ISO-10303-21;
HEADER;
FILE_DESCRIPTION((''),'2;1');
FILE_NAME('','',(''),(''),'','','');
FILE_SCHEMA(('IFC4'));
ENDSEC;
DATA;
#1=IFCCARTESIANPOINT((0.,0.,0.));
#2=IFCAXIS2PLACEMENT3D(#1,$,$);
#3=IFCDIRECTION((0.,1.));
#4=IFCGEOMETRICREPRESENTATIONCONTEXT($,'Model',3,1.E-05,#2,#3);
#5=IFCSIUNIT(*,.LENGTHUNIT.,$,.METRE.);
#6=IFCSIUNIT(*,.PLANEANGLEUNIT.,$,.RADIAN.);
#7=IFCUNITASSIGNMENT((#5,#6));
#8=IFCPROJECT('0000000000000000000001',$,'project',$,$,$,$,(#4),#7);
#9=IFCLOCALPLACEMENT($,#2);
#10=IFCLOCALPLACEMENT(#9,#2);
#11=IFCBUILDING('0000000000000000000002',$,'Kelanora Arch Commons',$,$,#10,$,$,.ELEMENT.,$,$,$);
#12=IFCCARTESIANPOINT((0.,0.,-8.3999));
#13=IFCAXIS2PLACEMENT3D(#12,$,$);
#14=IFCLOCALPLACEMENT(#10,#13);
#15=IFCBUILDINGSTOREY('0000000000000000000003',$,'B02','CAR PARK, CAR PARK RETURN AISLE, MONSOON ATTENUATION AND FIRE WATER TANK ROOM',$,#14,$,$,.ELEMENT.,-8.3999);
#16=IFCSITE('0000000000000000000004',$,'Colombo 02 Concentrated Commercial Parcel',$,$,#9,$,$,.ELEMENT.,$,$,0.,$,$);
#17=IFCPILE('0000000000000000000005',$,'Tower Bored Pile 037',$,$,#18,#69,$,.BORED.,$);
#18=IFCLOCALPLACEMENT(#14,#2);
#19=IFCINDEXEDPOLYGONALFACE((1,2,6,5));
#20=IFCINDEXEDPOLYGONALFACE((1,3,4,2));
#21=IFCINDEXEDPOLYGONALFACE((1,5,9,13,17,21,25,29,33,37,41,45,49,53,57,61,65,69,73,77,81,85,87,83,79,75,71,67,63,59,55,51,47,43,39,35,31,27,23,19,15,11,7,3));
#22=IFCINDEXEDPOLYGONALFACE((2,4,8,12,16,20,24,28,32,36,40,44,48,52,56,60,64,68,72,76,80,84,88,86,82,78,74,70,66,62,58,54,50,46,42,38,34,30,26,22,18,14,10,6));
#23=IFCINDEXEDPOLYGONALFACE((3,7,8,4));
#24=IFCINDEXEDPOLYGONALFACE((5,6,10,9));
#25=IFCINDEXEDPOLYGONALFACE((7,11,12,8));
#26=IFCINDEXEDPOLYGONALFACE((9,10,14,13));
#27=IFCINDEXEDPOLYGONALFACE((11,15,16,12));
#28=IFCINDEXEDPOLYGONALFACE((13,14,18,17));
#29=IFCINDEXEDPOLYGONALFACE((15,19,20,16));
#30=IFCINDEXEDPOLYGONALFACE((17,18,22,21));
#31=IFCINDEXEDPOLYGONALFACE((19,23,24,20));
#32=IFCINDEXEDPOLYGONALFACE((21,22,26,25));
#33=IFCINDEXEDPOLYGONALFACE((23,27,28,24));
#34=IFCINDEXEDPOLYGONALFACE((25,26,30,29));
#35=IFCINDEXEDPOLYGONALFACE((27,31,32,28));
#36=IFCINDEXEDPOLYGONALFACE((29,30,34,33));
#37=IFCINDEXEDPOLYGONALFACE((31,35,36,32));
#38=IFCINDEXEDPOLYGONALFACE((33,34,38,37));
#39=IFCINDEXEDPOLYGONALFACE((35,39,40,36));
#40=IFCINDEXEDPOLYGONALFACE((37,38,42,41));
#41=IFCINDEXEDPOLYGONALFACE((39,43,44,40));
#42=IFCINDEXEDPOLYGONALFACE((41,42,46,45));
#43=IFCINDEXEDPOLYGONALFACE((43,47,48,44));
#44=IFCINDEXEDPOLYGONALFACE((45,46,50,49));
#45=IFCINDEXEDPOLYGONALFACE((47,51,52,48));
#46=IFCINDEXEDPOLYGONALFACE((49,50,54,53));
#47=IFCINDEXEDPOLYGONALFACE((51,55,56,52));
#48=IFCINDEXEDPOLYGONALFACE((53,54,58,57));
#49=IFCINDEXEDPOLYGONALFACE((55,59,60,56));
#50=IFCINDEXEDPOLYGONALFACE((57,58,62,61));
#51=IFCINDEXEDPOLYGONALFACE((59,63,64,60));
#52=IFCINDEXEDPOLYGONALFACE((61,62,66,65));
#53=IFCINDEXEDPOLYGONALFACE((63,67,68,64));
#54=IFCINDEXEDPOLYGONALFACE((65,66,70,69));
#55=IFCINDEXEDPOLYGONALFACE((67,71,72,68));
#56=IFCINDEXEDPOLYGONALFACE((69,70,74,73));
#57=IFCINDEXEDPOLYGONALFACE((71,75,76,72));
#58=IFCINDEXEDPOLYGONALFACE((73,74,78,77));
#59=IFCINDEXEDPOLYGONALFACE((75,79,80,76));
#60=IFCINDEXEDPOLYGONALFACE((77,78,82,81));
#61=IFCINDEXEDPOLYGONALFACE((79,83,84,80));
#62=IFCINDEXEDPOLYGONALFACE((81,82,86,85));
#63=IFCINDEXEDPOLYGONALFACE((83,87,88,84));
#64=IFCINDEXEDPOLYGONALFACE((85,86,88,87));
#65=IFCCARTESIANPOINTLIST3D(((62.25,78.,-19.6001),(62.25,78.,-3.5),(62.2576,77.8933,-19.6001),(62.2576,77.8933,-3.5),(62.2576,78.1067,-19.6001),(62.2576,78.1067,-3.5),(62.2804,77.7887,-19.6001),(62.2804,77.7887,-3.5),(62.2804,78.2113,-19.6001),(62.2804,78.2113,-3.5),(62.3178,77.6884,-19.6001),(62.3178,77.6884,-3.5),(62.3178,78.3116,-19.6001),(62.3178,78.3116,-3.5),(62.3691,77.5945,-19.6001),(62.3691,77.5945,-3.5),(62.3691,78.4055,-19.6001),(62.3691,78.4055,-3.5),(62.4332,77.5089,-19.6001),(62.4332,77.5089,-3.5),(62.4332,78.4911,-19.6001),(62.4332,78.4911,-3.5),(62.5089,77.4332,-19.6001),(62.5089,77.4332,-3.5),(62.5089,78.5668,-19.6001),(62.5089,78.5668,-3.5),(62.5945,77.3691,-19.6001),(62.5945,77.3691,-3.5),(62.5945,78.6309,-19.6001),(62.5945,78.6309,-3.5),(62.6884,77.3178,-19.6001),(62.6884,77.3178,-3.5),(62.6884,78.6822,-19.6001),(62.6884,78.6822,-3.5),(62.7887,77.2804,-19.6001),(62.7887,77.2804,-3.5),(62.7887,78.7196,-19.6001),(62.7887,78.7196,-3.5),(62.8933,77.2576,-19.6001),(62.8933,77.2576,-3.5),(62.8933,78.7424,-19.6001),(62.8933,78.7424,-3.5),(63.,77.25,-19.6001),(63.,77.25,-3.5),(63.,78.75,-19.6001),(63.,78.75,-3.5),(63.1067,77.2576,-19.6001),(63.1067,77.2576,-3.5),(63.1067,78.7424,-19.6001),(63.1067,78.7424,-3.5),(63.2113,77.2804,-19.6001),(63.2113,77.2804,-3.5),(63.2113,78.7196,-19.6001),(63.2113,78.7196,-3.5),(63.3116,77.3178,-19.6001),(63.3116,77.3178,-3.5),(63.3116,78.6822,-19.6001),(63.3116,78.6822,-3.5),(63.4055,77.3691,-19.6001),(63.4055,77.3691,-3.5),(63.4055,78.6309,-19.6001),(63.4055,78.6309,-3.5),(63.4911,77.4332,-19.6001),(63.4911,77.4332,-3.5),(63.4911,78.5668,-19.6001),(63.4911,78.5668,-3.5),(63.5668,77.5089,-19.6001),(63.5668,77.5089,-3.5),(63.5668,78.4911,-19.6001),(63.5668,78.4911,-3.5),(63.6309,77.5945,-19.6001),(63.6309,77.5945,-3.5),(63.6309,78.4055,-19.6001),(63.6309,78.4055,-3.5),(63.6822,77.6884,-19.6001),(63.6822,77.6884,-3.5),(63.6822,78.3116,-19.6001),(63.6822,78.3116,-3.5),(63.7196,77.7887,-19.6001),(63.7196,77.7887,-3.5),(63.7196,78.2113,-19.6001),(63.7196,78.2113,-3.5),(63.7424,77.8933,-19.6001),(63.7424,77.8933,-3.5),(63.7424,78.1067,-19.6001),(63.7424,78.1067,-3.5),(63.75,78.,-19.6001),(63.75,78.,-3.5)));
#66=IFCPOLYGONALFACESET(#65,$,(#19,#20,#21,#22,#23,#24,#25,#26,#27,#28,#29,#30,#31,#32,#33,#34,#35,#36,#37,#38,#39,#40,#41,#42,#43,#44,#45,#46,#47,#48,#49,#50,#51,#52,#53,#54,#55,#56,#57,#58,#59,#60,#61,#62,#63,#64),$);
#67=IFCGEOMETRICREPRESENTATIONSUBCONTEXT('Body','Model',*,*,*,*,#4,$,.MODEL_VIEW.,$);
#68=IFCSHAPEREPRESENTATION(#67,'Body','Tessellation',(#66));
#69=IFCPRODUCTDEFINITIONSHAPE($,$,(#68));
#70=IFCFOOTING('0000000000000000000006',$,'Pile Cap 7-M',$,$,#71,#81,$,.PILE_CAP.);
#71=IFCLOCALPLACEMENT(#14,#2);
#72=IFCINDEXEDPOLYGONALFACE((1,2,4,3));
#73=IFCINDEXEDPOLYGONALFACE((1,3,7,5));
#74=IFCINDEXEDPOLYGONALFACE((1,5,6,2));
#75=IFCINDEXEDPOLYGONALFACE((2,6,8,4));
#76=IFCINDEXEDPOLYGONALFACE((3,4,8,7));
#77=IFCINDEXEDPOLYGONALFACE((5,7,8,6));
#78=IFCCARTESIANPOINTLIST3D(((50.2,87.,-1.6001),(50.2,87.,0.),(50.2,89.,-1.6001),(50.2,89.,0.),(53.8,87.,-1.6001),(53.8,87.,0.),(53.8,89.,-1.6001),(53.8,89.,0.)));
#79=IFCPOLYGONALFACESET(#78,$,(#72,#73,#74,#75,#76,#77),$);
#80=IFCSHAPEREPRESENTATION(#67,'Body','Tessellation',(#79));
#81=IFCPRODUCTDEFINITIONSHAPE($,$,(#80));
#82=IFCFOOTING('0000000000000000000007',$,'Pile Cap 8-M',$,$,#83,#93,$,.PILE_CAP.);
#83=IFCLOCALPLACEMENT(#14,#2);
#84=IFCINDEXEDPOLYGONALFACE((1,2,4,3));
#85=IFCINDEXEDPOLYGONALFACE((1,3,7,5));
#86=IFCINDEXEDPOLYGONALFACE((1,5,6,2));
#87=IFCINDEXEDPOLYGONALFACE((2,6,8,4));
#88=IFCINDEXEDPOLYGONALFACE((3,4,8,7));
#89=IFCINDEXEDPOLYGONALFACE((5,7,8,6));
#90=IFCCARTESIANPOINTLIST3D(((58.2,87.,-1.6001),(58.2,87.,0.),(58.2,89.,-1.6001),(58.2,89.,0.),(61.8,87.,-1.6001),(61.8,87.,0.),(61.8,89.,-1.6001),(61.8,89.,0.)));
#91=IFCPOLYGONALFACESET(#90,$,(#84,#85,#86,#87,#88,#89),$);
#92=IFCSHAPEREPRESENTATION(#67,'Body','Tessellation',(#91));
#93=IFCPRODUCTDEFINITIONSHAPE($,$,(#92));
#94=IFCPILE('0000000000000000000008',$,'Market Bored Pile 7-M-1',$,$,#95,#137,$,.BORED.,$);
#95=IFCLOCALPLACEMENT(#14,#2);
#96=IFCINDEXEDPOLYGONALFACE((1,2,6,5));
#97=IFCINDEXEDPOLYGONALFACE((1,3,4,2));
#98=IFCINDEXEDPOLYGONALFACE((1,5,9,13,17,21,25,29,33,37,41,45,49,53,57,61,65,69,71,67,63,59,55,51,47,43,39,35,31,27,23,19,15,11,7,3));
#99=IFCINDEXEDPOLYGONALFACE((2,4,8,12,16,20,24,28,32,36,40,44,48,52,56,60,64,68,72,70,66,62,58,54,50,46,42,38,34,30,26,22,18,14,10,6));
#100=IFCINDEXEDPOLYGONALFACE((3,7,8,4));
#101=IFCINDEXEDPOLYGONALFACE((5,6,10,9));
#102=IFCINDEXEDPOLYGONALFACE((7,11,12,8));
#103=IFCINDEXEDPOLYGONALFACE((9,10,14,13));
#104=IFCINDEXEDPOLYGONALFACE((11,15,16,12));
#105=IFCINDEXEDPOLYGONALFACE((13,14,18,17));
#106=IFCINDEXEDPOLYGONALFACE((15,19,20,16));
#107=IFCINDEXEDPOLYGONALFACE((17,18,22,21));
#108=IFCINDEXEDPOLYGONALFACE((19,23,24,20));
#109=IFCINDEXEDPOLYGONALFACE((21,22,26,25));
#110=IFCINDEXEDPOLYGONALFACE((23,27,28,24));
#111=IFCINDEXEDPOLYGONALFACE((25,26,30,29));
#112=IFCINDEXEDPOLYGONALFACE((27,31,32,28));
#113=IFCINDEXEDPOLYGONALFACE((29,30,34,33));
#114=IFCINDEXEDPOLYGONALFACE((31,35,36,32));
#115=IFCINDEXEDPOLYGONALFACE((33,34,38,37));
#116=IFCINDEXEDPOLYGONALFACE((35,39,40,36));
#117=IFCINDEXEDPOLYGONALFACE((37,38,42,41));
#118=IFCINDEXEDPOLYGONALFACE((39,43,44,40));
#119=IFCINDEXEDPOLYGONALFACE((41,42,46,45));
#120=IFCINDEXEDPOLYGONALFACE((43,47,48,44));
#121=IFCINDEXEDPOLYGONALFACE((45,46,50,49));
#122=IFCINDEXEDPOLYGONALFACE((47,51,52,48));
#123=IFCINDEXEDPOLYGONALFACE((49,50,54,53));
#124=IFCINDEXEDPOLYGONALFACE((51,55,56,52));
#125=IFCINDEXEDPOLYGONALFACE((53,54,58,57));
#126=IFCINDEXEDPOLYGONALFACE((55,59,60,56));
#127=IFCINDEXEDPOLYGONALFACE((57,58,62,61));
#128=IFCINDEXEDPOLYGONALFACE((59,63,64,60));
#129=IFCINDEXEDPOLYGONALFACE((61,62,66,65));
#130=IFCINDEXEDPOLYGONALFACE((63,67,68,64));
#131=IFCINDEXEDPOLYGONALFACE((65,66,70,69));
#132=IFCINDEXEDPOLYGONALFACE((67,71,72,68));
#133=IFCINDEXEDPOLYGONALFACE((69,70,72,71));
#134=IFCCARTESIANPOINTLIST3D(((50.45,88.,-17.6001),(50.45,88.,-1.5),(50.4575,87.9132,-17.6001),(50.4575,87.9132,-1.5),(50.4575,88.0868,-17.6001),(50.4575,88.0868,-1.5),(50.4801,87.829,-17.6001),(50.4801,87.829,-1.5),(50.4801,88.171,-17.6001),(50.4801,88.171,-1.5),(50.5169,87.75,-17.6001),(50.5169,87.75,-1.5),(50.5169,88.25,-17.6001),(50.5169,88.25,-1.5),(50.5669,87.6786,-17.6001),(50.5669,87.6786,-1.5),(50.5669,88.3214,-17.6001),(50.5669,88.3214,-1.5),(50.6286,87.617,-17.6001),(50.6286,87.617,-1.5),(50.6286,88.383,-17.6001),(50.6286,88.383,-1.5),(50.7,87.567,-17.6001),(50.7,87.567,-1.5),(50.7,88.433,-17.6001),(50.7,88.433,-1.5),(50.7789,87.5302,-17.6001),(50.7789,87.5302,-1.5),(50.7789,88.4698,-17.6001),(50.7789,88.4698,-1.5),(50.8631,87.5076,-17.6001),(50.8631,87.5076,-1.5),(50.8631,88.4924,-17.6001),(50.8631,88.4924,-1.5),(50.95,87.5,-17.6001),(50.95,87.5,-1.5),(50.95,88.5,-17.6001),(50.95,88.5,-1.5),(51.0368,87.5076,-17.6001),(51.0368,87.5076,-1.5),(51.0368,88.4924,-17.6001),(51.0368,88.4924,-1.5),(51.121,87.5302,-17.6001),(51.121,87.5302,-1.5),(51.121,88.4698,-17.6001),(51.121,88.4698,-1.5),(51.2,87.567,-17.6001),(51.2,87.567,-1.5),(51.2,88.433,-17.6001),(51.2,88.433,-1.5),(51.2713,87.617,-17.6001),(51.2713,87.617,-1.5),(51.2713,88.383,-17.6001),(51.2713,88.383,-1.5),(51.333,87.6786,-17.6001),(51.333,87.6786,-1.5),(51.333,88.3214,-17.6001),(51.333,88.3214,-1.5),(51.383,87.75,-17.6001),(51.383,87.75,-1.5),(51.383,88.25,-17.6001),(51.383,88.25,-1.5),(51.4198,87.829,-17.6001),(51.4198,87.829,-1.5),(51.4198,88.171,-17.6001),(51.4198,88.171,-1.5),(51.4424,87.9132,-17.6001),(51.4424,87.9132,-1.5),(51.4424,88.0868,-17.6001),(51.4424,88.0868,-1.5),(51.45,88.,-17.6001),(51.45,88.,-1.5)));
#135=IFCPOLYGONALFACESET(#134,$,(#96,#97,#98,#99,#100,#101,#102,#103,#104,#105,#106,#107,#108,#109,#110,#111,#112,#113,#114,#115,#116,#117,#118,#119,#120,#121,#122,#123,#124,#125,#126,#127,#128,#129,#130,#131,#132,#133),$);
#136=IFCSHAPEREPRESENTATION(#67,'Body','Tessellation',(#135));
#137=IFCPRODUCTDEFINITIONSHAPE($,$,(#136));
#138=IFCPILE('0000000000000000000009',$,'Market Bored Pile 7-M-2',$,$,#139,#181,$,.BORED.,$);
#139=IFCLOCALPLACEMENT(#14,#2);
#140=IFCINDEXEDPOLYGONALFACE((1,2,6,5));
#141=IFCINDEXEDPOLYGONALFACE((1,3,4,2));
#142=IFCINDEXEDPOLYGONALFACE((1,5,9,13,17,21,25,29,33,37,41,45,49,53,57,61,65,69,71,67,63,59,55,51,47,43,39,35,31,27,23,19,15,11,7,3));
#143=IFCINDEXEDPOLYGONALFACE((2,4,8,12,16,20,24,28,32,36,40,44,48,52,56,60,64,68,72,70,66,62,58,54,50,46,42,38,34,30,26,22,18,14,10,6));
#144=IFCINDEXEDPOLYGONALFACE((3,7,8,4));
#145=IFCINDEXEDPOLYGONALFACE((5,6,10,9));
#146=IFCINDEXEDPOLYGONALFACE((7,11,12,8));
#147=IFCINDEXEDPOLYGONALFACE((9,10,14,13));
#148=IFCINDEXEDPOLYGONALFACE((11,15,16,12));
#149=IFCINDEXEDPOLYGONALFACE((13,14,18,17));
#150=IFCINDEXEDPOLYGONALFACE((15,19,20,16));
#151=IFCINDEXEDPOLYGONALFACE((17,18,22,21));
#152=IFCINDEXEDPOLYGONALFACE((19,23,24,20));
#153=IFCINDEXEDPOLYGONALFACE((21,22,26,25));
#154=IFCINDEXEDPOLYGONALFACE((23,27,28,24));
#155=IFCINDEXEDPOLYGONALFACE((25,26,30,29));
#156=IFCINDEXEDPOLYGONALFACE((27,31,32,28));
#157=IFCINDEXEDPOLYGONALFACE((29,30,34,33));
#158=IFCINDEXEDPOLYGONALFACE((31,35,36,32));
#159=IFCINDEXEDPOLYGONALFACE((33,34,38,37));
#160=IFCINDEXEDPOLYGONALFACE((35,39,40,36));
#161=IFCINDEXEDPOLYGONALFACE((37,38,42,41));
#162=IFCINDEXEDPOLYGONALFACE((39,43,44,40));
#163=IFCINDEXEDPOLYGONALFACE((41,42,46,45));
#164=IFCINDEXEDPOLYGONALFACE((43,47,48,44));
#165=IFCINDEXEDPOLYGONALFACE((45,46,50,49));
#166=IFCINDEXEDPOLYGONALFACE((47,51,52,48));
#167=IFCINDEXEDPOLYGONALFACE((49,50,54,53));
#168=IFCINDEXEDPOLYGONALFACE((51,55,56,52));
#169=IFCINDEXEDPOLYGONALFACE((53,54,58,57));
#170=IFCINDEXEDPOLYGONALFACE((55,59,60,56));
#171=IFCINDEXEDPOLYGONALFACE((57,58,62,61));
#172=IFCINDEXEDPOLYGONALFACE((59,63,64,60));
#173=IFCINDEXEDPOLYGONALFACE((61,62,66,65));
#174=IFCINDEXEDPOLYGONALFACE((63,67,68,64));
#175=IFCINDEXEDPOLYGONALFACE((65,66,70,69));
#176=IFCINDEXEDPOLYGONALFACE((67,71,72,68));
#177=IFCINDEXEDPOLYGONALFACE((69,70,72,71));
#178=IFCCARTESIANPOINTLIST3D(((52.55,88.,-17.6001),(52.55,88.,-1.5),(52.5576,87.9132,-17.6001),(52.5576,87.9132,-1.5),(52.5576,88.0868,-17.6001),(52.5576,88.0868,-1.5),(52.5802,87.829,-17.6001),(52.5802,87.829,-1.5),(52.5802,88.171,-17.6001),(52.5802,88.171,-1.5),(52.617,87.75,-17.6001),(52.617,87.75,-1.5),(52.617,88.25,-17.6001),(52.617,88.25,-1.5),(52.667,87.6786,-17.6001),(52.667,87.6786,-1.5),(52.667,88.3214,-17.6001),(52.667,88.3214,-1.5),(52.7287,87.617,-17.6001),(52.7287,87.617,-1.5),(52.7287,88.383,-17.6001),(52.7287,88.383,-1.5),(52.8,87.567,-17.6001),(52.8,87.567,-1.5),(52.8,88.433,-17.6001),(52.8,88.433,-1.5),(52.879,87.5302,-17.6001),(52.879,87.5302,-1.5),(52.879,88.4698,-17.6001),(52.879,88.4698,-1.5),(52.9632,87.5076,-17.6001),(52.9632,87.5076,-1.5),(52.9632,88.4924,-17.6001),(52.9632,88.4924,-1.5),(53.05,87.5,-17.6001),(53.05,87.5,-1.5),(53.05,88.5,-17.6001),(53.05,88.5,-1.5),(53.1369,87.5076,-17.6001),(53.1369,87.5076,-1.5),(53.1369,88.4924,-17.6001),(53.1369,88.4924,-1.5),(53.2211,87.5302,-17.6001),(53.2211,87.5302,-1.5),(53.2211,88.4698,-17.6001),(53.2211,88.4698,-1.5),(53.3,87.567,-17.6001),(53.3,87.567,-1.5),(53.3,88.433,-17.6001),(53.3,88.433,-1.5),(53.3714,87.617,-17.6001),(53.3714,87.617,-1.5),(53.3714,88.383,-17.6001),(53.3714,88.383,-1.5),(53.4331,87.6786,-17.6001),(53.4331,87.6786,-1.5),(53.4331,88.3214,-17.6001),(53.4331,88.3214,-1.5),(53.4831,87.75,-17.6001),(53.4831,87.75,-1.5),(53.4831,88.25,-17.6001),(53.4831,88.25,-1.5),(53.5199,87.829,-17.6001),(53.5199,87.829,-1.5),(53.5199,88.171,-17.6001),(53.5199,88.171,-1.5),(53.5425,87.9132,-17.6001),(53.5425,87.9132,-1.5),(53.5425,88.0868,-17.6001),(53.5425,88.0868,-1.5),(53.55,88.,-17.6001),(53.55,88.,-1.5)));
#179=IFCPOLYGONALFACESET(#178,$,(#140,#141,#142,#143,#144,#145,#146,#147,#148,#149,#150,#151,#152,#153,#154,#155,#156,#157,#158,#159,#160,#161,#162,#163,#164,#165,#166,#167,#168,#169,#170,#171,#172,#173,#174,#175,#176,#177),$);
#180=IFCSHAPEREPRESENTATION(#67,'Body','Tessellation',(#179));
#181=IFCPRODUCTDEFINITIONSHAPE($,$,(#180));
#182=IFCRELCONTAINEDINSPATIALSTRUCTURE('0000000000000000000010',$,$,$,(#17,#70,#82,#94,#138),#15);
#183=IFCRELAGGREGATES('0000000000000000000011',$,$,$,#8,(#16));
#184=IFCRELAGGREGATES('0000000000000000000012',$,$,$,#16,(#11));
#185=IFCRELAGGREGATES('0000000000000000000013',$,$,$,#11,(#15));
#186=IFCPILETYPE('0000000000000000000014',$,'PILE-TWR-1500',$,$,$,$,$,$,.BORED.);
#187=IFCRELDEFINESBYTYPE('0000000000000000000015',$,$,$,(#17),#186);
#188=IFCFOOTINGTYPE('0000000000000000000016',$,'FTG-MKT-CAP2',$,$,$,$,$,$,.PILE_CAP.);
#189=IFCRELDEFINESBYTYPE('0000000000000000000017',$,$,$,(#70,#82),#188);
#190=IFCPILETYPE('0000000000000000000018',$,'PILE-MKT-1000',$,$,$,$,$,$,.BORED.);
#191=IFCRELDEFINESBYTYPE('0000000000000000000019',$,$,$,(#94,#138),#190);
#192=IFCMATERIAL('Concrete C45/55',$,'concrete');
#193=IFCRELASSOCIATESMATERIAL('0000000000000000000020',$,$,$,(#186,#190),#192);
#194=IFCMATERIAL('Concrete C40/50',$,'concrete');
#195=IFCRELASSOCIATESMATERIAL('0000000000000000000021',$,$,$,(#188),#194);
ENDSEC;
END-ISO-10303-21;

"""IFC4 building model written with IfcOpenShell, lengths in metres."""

from ifc_helpers import new_model, si_unit, direction, frame, origin, origin_2d, place, context, subcontext, project, spatial, rectangle, circle, extrude, source, transform, mapped, material, material_profile, profile_set, type_object, element, save


model = new_model("IFC4")

# Units and contexts
model_context = context("Model", 3, precision=1e-05, world=origin(), true_north=direction((0.0, 1.0)))
body_context = subcontext(model_context, "Body", "Model", "MODEL_VIEW")
ifc_project = project(units=[si_unit("LENGTHUNIT", "METRE"), si_unit("PLANEANGLEUNIT", "RADIAN")], contexts=[model_context])

# Site, building, storey
site_placement = place(None, origin())
site = spatial("IfcSite", under=ifc_project, at=site_placement, Name="Colombo 02 Concentrated Commercial Parcel", CompositionType="ELEMENT", RefElevation=0.0)
building_placement = place(site_placement, origin())
building = spatial("IfcBuilding", under=site, at=building_placement, Name="Kelanora Arch Commons", CompositionType="ELEMENT")
storey_placement = place(building_placement, frame((0.0, 0.0, -8.3999)))
storey = spatial("IfcBuildingStorey", under=building, at=storey_placement, Name="B02", Description="CAR PARK, CAR PARK RETURN AISLE, MONSOON ATTENUATION AND FIRE WATER TANK ROOM", CompositionType="ELEMENT", Elevation=-8.3999)

# Pile
ifc_material_1 = material(Name="Concrete C45/55", Category="concrete")
ifc_material_profile_1 = material_profile(ifc_material_1, circle(Radius=0.75, at=origin_2d()), Name="PILE1500")
ifc_profile_set_1 = profile_set([ifc_material_profile_1], Name="Concrete C45/55")
pile_type_1 = type_object("IfcPileType", Name="PILE-TWR-1500", PredefinedType="BORED", material=ifc_profile_set_1)
shared_shape_1 = source(origin(), body_context, "Body", "SweptSolid", [
    extrude(circle(Radius=0.75, at=origin_2d()), origin(), (0.0, 0.0, 1.0), 16.1001),
])
for number, where, z_axis, x_axis, name in (
    (1, (63.0, 78.0, -3.5), (0.0, 0.0, -1.0), (1.0, 0.0, 0.0), "Tower Bored Pile 037"),
):
    element("IfcPile", number, at=place(storey_placement, frame(where, z_axis=z_axis, x_axis=x_axis)), inside=storey, type_object=pile_type_1, Name=name, PredefinedType="BORED", context=body_context, shape_type="MappedRepresentation", body=[
        mapped(shared_shape_1, transform((0.0, 0.0, 0.0), scale=1.0)),
    ])

# Footings
ifc_material_2 = material(Name="Concrete C40/50", Category="concrete")
footing_type_1 = type_object("IfcFootingType", Name="FTG-MKT-CAP2", PredefinedType="PILE_CAP", material=ifc_material_2)
shared_shape_2 = source(origin(), body_context, "Body", "SweptSolid", [
    extrude(rectangle(XDim=3.6001, YDim=2.0, at=origin_2d()), origin(), (0.0, 0.0, 1.0), 1.6001),
])
for number, where, z_axis, x_axis, name in (
    (2, (52.0, 88.0, -1.6001), (0.0, 0.0, 1.0), (1.0, 0.0, 0.0), "Pile Cap 7-M"),
    (3, (60.0, 88.0, -1.6001), (0.0, 0.0, 1.0), (1.0, 0.0, 0.0), "Pile Cap 8-M"),
):
    element("IfcFooting", number, at=place(storey_placement, frame(where, z_axis=z_axis, x_axis=x_axis)), inside=storey, type_object=footing_type_1, Name=name, PredefinedType="PILE_CAP", context=body_context, shape_type="MappedRepresentation", body=[
        mapped(shared_shape_2, transform((0.0, 0.0, 0.0), scale=1.0)),
    ])

# Piles
ifc_material_profile_2 = material_profile(ifc_material_1, circle(Radius=0.5, at=origin_2d()), Name="PILE1000")
ifc_profile_set_2 = profile_set([ifc_material_profile_2], Name="Concrete C45/55")
pile_type_2 = type_object("IfcPileType", Name="PILE-MKT-1000", PredefinedType="BORED", material=ifc_profile_set_2)
shared_shape_3 = source(origin(), body_context, "Body", "SweptSolid", [
    extrude(circle(Radius=0.5, at=origin_2d()), origin(), (0.0, 0.0, 1.0), 16.1001),
])
for number, where, z_axis, x_axis, name in (
    (4, (50.95, 88.0, -1.5), (0.0, 0.0, -1.0), (1.0, 0.0, 0.0), "Market Bored Pile 7-M-1"),
    (5, (53.05, 88.0, -1.5), (0.0, 0.0, -1.0), (1.0, 0.0, 0.0), "Market Bored Pile 7-M-2"),
):
    element("IfcPile", number, at=place(storey_placement, frame(where, z_axis=z_axis, x_axis=x_axis)), inside=storey, type_object=pile_type_2, Name=name, PredefinedType="BORED", context=body_context, shape_type="MappedRepresentation", body=[
        mapped(shared_shape_3, transform((0.0, 0.0, 0.0), scale=1.0)),
    ])

save(model, "model.ifc")
